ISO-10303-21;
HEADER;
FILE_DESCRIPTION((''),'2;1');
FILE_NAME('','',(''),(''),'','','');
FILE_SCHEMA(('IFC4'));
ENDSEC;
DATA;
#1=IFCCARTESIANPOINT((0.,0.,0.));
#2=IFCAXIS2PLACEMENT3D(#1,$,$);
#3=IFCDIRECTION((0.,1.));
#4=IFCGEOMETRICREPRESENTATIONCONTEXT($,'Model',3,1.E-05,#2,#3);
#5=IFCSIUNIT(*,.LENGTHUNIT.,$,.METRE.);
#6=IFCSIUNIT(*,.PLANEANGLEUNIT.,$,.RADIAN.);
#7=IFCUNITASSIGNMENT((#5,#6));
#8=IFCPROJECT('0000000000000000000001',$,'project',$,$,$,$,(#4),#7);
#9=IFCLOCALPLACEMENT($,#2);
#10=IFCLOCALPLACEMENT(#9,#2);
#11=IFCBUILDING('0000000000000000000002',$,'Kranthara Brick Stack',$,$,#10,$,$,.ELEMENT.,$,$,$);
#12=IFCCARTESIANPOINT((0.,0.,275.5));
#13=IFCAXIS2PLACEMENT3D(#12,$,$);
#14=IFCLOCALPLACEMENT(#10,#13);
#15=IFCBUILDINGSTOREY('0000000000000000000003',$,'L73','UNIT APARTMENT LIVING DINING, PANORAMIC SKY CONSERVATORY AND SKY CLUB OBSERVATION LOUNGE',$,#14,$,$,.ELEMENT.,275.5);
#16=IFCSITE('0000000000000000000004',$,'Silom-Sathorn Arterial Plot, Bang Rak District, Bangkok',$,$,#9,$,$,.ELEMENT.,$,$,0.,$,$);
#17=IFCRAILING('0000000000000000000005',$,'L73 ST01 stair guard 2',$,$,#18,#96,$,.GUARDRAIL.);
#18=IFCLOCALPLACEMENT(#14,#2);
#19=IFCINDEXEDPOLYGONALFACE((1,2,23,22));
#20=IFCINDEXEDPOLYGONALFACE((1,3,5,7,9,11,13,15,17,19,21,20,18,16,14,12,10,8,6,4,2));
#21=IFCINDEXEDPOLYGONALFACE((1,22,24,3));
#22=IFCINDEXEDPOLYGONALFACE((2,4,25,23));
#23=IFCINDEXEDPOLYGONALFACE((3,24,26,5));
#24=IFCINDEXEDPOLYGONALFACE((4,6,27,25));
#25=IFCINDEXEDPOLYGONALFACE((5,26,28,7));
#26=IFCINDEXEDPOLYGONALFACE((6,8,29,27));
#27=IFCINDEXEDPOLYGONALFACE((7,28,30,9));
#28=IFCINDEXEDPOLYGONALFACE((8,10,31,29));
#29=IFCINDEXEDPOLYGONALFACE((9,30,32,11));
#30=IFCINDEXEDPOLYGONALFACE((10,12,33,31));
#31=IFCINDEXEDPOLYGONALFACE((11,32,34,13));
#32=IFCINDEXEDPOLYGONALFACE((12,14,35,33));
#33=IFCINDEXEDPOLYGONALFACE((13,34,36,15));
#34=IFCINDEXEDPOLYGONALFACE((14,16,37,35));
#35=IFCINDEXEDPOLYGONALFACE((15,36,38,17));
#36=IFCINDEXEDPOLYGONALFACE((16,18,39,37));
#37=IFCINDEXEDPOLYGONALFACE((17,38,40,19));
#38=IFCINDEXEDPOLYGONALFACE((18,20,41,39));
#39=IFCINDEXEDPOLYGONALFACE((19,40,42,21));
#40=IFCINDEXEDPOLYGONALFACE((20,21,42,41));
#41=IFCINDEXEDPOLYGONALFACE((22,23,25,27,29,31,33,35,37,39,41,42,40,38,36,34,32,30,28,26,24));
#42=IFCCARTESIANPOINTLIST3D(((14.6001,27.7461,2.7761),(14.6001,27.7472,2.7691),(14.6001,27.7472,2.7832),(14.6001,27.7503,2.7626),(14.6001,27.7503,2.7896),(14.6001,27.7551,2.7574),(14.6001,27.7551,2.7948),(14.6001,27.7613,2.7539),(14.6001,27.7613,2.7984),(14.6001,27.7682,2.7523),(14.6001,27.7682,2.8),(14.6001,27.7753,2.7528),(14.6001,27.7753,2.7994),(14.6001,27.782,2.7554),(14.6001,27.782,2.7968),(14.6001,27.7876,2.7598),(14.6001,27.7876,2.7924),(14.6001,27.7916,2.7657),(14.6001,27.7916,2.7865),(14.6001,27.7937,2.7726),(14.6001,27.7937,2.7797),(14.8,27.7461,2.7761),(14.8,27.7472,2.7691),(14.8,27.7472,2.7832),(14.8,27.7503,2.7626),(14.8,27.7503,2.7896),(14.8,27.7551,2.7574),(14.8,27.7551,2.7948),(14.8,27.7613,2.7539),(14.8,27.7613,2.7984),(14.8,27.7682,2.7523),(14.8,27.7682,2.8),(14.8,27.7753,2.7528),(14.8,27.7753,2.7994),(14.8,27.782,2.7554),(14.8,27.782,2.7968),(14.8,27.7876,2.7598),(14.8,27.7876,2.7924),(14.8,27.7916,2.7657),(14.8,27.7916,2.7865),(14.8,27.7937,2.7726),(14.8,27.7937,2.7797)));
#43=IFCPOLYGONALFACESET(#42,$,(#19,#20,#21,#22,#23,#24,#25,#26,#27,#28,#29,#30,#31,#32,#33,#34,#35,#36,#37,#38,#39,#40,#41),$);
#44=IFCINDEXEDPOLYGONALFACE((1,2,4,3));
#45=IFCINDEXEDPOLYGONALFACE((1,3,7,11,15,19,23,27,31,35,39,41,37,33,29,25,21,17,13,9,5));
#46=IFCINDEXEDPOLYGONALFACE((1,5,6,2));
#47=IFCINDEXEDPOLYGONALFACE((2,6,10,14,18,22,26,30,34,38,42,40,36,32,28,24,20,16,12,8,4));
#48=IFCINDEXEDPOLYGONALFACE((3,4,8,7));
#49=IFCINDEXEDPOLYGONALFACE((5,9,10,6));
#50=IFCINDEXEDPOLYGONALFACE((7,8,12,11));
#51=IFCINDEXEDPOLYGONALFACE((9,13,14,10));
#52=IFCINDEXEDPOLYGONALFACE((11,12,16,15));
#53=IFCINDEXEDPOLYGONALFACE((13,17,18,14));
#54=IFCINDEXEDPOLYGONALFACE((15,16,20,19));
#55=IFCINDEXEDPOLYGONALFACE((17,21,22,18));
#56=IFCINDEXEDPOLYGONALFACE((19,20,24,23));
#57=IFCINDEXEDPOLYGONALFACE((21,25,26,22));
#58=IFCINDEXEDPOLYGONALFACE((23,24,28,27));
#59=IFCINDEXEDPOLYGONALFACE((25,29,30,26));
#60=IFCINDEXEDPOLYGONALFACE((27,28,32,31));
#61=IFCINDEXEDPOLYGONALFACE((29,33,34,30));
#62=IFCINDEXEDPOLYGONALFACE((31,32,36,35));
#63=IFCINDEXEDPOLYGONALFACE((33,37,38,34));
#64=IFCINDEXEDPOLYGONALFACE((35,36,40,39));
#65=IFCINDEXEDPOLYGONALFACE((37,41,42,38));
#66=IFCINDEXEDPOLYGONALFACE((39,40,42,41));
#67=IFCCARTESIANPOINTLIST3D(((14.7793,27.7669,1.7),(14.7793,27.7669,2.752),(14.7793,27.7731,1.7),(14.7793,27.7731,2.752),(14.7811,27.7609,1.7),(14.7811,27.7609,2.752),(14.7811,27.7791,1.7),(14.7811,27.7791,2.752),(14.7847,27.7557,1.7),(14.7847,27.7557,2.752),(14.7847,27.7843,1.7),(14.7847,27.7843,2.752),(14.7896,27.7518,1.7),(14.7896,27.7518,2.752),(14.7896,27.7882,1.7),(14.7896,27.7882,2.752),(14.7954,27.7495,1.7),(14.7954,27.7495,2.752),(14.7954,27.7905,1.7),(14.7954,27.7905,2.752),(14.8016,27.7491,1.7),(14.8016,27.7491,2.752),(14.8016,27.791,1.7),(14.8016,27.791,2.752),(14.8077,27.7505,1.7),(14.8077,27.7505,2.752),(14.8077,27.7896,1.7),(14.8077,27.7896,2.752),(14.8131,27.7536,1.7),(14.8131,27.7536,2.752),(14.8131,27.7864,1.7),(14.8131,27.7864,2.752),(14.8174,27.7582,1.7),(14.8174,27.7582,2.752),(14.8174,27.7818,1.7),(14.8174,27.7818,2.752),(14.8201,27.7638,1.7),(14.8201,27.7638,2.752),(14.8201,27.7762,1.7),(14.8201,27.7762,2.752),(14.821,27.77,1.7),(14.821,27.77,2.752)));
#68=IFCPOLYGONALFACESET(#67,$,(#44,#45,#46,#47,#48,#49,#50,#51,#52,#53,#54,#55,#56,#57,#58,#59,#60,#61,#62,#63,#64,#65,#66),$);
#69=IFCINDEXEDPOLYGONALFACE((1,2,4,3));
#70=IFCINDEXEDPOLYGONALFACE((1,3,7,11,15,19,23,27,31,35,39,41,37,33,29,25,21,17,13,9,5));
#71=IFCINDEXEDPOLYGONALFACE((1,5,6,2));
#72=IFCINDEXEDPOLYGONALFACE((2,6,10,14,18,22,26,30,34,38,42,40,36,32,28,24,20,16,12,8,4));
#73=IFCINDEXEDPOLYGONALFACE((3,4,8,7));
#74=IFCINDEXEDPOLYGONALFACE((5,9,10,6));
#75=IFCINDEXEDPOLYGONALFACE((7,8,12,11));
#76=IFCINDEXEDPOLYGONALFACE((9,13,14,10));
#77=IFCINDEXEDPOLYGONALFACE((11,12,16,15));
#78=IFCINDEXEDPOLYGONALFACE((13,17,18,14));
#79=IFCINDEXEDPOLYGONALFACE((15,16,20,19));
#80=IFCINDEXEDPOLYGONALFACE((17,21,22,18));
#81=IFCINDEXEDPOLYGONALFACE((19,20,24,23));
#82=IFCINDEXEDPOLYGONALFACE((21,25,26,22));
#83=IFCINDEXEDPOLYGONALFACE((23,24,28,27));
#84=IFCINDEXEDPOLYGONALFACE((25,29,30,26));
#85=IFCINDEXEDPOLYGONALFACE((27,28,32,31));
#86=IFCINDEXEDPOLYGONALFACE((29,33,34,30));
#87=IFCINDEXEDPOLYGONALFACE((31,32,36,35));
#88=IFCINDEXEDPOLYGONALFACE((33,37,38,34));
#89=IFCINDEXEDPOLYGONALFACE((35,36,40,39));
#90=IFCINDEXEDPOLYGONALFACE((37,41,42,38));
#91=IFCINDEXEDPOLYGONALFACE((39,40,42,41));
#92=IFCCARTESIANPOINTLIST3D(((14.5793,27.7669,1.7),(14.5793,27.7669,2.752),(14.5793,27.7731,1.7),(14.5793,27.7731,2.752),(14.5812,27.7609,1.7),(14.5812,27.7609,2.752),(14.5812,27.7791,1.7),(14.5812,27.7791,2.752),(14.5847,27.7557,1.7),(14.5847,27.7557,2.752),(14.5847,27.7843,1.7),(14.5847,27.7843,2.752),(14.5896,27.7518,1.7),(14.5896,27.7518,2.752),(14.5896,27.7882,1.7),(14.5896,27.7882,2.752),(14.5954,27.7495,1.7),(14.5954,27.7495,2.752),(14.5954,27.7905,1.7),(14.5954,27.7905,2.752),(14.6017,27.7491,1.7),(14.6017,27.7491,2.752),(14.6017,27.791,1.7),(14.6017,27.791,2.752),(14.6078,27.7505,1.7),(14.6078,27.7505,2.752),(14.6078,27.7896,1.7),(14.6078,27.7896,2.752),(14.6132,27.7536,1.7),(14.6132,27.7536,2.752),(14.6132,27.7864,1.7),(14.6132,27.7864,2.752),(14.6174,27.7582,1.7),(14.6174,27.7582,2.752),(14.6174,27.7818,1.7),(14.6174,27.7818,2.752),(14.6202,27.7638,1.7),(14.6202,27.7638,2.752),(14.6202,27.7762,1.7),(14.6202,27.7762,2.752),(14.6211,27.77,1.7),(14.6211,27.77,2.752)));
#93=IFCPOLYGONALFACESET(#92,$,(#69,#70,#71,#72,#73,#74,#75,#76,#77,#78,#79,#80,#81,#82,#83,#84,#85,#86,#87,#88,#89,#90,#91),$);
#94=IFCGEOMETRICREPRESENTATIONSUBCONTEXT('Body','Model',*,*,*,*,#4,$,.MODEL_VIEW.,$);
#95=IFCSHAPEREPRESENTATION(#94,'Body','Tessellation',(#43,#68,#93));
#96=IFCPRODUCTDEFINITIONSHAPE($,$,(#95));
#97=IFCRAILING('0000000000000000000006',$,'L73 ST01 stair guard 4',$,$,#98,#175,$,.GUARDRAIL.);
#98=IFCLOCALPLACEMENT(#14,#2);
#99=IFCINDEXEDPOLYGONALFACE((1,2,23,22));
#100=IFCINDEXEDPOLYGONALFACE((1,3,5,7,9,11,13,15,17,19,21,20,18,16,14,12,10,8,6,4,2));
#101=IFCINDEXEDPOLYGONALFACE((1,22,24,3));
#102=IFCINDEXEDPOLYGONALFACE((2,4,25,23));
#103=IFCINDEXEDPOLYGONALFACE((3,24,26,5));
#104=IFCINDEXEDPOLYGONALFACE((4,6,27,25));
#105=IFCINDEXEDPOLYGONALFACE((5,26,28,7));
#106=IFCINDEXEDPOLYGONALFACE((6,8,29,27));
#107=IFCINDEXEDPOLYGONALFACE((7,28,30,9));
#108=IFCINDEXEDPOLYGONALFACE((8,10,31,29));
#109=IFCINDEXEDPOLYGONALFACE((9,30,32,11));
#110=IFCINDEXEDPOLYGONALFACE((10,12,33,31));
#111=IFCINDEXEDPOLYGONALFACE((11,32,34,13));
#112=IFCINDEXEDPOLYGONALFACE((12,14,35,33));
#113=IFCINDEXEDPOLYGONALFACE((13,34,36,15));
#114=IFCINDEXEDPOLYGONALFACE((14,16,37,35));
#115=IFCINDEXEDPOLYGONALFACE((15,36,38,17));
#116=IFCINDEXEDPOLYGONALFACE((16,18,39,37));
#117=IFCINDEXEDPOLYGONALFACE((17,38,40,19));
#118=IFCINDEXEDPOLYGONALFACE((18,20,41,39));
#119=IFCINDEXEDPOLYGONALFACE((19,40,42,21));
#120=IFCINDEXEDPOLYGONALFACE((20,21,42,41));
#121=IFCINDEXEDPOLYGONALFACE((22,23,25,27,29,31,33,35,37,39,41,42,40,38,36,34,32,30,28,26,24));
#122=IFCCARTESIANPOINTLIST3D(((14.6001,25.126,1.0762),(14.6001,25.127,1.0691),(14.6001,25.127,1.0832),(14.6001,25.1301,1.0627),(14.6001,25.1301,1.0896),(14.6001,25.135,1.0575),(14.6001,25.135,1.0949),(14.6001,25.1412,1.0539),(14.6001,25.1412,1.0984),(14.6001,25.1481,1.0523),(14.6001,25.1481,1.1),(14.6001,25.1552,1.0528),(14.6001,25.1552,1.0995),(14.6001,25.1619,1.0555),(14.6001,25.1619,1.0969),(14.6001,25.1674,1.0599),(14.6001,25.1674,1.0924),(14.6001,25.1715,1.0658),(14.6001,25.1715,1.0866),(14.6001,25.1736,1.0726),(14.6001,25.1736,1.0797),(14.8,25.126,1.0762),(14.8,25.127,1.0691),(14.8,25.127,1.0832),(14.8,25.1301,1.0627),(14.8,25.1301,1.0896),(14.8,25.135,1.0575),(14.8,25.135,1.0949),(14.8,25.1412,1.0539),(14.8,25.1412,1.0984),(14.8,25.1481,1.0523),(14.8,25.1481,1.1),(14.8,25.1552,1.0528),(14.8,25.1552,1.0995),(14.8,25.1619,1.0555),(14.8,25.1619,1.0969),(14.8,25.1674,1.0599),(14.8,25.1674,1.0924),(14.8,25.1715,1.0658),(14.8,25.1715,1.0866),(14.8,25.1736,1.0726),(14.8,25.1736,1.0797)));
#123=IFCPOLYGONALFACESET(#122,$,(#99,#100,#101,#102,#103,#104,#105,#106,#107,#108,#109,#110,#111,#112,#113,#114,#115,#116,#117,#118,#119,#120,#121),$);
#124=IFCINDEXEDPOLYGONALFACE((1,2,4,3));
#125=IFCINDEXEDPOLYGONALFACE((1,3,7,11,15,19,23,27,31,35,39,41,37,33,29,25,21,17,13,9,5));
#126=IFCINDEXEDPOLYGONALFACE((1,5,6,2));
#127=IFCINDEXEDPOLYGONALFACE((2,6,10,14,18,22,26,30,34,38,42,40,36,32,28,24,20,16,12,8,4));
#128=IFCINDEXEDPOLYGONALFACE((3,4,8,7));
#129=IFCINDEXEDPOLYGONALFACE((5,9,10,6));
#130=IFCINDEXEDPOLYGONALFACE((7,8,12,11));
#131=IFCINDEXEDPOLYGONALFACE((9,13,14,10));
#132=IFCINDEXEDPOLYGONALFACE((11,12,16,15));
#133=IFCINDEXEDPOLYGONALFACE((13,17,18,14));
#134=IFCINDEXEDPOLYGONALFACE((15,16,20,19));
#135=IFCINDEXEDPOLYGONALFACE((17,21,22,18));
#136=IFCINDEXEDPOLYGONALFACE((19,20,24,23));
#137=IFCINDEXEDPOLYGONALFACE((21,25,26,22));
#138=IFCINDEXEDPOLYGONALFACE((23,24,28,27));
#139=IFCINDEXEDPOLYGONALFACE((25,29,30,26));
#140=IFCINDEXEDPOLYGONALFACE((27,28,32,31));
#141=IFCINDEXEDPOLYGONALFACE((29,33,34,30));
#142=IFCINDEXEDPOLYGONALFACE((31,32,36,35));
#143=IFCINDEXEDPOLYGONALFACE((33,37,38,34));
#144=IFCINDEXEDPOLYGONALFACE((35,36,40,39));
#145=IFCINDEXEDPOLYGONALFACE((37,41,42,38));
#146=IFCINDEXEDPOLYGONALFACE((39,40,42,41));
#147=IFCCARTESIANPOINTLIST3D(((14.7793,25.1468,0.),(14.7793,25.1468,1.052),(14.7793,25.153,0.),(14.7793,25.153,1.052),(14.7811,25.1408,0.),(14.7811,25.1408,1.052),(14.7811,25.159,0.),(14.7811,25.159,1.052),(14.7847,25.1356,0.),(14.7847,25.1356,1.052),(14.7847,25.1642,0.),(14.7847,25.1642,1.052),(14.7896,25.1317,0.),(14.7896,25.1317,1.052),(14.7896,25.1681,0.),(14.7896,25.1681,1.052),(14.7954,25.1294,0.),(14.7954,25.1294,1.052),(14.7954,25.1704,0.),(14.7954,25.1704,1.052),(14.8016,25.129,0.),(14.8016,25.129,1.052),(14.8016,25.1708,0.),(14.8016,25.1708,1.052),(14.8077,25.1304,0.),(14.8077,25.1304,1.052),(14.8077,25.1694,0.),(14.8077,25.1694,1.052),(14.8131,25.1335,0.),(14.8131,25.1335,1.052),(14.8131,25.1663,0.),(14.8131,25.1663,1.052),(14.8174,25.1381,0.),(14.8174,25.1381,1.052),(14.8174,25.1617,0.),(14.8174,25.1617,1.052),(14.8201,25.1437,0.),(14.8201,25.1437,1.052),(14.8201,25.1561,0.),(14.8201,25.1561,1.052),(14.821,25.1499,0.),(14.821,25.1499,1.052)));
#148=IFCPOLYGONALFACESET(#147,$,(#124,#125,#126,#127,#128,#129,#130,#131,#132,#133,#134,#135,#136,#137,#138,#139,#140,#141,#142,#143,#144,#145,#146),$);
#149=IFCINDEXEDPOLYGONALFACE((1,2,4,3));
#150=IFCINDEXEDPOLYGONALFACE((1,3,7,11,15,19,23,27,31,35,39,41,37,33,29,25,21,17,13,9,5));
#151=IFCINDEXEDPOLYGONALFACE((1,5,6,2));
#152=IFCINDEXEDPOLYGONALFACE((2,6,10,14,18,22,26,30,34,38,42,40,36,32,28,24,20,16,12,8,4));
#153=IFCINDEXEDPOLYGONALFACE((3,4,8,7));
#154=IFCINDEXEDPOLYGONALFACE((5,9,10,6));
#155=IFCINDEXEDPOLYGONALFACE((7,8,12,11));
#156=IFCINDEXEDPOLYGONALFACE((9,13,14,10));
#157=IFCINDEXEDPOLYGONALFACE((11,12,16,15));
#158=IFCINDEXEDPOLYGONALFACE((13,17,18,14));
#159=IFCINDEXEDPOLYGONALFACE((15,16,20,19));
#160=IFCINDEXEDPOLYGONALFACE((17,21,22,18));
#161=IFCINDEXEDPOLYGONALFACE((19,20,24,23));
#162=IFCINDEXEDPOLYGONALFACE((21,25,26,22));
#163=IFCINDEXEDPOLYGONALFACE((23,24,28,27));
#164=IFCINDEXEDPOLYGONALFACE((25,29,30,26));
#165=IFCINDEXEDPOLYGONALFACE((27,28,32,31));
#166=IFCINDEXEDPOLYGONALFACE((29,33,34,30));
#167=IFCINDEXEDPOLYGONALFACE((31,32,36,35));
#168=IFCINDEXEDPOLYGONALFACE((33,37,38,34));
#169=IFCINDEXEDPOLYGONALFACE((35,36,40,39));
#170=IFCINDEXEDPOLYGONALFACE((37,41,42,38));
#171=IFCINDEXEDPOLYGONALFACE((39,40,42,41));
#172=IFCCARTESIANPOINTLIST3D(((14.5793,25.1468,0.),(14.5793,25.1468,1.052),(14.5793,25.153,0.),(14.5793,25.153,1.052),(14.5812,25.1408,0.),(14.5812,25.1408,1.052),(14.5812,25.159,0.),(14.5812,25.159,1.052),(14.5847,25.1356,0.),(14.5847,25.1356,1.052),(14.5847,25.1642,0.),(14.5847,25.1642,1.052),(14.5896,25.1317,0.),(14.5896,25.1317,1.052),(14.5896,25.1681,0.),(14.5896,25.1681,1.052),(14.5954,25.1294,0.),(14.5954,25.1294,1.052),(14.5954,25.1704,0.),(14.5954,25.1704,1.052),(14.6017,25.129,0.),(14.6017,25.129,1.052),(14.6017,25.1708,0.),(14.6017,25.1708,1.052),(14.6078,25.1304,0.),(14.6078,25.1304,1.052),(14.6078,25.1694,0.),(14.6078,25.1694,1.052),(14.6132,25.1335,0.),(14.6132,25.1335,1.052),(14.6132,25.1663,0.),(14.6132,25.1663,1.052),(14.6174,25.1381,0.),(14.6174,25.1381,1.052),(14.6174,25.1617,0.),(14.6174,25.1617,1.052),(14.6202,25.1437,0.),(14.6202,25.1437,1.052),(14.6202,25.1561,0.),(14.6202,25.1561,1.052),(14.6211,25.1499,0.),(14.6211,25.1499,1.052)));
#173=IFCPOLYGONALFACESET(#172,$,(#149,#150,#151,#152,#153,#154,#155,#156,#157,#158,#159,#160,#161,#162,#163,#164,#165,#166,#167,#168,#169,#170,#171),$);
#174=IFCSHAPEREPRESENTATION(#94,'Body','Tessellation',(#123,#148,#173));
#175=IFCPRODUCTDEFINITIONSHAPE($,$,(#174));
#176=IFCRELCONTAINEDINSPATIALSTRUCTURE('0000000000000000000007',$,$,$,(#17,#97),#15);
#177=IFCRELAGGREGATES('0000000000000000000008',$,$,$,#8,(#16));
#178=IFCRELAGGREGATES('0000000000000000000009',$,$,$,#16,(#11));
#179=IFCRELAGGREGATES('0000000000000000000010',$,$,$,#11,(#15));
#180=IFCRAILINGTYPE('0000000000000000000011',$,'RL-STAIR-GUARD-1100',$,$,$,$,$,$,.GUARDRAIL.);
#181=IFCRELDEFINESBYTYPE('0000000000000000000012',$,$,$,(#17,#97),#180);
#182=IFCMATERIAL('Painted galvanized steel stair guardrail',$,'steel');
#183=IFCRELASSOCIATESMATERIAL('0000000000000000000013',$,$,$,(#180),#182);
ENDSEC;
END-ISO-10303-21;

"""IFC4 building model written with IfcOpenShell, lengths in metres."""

from ifc_helpers import new_model, si_unit, direction, frame, origin, origin_2d, place, context, subcontext, project, spatial, circle, extrude, material, type_object, element, save


model = new_model("IFC4")

# Units and contexts
model_context = context("Model", 3, precision=1e-05, world=origin(), true_north=direction((0.0, 1.0)))
body_context = subcontext(model_context, "Body", "Model", "MODEL_VIEW")
ifc_project = project(units=[si_unit("LENGTHUNIT", "METRE"), si_unit("PLANEANGLEUNIT", "RADIAN")], contexts=[model_context])

# Site, building, storey
site_placement = place(None, origin())
site = spatial("IfcSite", under=ifc_project, at=site_placement, Name="Silom-Sathorn Arterial Plot, Bang Rak District, Bangkok", CompositionType="ELEMENT", RefElevation=0.0)
building_placement = place(site_placement, origin())
building = spatial("IfcBuilding", under=site, at=building_placement, Name="Kranthara Brick Stack", CompositionType="ELEMENT")
storey_placement = place(building_placement, frame((0.0, 0.0, 275.5)))
storey = spatial("IfcBuildingStorey", under=building, at=storey_placement, Name="L73", Description="UNIT APARTMENT LIVING DINING, PANORAMIC SKY CONSERVATORY AND SKY CLUB OBSERVATION LOUNGE", CompositionType="ELEMENT", Elevation=275.5)

# Railings
ifc_material_1 = material(Name="Painted galvanized steel stair guardrail", Category="steel")
railing_type_1 = type_object("IfcRailingType", Name="RL-STAIR-GUARD-1100", PredefinedType="GUARDRAIL", material=ifc_material_1)
for number, where, name in (
    (1, (14.8, 27.77, 1.7), "L73 ST01 stair guard 2"),
    (2, (14.8, 25.1499, 0.0), "L73 ST01 stair guard 4"),
):
    element("IfcRailing", number, at=place(storey_placement, frame(where)), inside=storey, type_object=railing_type_1, Name=name, PredefinedType="GUARDRAIL", context=body_context, shape_type="SweptSolid", body=[
        extrude(circle(Radius=0.0239, at=origin_2d()), frame((0.0, 0.0, 1.0762), z_axis=(-1.0, 0.0, 0.0), x_axis=(0.0, -1.0, 0.0)), (0.0, 0.0, 1.0), 0.2),
        extrude(circle(Radius=0.021, at=origin_2d()), origin(), (0.0, 0.0, 1.0), 1.052),
        extrude(circle(Radius=0.021, at=origin_2d()), frame((-0.2, 0.0, 0.0)), (0.0, 0.0, 1.0), 1.052),
    ])

save(model, "model.ifc")
